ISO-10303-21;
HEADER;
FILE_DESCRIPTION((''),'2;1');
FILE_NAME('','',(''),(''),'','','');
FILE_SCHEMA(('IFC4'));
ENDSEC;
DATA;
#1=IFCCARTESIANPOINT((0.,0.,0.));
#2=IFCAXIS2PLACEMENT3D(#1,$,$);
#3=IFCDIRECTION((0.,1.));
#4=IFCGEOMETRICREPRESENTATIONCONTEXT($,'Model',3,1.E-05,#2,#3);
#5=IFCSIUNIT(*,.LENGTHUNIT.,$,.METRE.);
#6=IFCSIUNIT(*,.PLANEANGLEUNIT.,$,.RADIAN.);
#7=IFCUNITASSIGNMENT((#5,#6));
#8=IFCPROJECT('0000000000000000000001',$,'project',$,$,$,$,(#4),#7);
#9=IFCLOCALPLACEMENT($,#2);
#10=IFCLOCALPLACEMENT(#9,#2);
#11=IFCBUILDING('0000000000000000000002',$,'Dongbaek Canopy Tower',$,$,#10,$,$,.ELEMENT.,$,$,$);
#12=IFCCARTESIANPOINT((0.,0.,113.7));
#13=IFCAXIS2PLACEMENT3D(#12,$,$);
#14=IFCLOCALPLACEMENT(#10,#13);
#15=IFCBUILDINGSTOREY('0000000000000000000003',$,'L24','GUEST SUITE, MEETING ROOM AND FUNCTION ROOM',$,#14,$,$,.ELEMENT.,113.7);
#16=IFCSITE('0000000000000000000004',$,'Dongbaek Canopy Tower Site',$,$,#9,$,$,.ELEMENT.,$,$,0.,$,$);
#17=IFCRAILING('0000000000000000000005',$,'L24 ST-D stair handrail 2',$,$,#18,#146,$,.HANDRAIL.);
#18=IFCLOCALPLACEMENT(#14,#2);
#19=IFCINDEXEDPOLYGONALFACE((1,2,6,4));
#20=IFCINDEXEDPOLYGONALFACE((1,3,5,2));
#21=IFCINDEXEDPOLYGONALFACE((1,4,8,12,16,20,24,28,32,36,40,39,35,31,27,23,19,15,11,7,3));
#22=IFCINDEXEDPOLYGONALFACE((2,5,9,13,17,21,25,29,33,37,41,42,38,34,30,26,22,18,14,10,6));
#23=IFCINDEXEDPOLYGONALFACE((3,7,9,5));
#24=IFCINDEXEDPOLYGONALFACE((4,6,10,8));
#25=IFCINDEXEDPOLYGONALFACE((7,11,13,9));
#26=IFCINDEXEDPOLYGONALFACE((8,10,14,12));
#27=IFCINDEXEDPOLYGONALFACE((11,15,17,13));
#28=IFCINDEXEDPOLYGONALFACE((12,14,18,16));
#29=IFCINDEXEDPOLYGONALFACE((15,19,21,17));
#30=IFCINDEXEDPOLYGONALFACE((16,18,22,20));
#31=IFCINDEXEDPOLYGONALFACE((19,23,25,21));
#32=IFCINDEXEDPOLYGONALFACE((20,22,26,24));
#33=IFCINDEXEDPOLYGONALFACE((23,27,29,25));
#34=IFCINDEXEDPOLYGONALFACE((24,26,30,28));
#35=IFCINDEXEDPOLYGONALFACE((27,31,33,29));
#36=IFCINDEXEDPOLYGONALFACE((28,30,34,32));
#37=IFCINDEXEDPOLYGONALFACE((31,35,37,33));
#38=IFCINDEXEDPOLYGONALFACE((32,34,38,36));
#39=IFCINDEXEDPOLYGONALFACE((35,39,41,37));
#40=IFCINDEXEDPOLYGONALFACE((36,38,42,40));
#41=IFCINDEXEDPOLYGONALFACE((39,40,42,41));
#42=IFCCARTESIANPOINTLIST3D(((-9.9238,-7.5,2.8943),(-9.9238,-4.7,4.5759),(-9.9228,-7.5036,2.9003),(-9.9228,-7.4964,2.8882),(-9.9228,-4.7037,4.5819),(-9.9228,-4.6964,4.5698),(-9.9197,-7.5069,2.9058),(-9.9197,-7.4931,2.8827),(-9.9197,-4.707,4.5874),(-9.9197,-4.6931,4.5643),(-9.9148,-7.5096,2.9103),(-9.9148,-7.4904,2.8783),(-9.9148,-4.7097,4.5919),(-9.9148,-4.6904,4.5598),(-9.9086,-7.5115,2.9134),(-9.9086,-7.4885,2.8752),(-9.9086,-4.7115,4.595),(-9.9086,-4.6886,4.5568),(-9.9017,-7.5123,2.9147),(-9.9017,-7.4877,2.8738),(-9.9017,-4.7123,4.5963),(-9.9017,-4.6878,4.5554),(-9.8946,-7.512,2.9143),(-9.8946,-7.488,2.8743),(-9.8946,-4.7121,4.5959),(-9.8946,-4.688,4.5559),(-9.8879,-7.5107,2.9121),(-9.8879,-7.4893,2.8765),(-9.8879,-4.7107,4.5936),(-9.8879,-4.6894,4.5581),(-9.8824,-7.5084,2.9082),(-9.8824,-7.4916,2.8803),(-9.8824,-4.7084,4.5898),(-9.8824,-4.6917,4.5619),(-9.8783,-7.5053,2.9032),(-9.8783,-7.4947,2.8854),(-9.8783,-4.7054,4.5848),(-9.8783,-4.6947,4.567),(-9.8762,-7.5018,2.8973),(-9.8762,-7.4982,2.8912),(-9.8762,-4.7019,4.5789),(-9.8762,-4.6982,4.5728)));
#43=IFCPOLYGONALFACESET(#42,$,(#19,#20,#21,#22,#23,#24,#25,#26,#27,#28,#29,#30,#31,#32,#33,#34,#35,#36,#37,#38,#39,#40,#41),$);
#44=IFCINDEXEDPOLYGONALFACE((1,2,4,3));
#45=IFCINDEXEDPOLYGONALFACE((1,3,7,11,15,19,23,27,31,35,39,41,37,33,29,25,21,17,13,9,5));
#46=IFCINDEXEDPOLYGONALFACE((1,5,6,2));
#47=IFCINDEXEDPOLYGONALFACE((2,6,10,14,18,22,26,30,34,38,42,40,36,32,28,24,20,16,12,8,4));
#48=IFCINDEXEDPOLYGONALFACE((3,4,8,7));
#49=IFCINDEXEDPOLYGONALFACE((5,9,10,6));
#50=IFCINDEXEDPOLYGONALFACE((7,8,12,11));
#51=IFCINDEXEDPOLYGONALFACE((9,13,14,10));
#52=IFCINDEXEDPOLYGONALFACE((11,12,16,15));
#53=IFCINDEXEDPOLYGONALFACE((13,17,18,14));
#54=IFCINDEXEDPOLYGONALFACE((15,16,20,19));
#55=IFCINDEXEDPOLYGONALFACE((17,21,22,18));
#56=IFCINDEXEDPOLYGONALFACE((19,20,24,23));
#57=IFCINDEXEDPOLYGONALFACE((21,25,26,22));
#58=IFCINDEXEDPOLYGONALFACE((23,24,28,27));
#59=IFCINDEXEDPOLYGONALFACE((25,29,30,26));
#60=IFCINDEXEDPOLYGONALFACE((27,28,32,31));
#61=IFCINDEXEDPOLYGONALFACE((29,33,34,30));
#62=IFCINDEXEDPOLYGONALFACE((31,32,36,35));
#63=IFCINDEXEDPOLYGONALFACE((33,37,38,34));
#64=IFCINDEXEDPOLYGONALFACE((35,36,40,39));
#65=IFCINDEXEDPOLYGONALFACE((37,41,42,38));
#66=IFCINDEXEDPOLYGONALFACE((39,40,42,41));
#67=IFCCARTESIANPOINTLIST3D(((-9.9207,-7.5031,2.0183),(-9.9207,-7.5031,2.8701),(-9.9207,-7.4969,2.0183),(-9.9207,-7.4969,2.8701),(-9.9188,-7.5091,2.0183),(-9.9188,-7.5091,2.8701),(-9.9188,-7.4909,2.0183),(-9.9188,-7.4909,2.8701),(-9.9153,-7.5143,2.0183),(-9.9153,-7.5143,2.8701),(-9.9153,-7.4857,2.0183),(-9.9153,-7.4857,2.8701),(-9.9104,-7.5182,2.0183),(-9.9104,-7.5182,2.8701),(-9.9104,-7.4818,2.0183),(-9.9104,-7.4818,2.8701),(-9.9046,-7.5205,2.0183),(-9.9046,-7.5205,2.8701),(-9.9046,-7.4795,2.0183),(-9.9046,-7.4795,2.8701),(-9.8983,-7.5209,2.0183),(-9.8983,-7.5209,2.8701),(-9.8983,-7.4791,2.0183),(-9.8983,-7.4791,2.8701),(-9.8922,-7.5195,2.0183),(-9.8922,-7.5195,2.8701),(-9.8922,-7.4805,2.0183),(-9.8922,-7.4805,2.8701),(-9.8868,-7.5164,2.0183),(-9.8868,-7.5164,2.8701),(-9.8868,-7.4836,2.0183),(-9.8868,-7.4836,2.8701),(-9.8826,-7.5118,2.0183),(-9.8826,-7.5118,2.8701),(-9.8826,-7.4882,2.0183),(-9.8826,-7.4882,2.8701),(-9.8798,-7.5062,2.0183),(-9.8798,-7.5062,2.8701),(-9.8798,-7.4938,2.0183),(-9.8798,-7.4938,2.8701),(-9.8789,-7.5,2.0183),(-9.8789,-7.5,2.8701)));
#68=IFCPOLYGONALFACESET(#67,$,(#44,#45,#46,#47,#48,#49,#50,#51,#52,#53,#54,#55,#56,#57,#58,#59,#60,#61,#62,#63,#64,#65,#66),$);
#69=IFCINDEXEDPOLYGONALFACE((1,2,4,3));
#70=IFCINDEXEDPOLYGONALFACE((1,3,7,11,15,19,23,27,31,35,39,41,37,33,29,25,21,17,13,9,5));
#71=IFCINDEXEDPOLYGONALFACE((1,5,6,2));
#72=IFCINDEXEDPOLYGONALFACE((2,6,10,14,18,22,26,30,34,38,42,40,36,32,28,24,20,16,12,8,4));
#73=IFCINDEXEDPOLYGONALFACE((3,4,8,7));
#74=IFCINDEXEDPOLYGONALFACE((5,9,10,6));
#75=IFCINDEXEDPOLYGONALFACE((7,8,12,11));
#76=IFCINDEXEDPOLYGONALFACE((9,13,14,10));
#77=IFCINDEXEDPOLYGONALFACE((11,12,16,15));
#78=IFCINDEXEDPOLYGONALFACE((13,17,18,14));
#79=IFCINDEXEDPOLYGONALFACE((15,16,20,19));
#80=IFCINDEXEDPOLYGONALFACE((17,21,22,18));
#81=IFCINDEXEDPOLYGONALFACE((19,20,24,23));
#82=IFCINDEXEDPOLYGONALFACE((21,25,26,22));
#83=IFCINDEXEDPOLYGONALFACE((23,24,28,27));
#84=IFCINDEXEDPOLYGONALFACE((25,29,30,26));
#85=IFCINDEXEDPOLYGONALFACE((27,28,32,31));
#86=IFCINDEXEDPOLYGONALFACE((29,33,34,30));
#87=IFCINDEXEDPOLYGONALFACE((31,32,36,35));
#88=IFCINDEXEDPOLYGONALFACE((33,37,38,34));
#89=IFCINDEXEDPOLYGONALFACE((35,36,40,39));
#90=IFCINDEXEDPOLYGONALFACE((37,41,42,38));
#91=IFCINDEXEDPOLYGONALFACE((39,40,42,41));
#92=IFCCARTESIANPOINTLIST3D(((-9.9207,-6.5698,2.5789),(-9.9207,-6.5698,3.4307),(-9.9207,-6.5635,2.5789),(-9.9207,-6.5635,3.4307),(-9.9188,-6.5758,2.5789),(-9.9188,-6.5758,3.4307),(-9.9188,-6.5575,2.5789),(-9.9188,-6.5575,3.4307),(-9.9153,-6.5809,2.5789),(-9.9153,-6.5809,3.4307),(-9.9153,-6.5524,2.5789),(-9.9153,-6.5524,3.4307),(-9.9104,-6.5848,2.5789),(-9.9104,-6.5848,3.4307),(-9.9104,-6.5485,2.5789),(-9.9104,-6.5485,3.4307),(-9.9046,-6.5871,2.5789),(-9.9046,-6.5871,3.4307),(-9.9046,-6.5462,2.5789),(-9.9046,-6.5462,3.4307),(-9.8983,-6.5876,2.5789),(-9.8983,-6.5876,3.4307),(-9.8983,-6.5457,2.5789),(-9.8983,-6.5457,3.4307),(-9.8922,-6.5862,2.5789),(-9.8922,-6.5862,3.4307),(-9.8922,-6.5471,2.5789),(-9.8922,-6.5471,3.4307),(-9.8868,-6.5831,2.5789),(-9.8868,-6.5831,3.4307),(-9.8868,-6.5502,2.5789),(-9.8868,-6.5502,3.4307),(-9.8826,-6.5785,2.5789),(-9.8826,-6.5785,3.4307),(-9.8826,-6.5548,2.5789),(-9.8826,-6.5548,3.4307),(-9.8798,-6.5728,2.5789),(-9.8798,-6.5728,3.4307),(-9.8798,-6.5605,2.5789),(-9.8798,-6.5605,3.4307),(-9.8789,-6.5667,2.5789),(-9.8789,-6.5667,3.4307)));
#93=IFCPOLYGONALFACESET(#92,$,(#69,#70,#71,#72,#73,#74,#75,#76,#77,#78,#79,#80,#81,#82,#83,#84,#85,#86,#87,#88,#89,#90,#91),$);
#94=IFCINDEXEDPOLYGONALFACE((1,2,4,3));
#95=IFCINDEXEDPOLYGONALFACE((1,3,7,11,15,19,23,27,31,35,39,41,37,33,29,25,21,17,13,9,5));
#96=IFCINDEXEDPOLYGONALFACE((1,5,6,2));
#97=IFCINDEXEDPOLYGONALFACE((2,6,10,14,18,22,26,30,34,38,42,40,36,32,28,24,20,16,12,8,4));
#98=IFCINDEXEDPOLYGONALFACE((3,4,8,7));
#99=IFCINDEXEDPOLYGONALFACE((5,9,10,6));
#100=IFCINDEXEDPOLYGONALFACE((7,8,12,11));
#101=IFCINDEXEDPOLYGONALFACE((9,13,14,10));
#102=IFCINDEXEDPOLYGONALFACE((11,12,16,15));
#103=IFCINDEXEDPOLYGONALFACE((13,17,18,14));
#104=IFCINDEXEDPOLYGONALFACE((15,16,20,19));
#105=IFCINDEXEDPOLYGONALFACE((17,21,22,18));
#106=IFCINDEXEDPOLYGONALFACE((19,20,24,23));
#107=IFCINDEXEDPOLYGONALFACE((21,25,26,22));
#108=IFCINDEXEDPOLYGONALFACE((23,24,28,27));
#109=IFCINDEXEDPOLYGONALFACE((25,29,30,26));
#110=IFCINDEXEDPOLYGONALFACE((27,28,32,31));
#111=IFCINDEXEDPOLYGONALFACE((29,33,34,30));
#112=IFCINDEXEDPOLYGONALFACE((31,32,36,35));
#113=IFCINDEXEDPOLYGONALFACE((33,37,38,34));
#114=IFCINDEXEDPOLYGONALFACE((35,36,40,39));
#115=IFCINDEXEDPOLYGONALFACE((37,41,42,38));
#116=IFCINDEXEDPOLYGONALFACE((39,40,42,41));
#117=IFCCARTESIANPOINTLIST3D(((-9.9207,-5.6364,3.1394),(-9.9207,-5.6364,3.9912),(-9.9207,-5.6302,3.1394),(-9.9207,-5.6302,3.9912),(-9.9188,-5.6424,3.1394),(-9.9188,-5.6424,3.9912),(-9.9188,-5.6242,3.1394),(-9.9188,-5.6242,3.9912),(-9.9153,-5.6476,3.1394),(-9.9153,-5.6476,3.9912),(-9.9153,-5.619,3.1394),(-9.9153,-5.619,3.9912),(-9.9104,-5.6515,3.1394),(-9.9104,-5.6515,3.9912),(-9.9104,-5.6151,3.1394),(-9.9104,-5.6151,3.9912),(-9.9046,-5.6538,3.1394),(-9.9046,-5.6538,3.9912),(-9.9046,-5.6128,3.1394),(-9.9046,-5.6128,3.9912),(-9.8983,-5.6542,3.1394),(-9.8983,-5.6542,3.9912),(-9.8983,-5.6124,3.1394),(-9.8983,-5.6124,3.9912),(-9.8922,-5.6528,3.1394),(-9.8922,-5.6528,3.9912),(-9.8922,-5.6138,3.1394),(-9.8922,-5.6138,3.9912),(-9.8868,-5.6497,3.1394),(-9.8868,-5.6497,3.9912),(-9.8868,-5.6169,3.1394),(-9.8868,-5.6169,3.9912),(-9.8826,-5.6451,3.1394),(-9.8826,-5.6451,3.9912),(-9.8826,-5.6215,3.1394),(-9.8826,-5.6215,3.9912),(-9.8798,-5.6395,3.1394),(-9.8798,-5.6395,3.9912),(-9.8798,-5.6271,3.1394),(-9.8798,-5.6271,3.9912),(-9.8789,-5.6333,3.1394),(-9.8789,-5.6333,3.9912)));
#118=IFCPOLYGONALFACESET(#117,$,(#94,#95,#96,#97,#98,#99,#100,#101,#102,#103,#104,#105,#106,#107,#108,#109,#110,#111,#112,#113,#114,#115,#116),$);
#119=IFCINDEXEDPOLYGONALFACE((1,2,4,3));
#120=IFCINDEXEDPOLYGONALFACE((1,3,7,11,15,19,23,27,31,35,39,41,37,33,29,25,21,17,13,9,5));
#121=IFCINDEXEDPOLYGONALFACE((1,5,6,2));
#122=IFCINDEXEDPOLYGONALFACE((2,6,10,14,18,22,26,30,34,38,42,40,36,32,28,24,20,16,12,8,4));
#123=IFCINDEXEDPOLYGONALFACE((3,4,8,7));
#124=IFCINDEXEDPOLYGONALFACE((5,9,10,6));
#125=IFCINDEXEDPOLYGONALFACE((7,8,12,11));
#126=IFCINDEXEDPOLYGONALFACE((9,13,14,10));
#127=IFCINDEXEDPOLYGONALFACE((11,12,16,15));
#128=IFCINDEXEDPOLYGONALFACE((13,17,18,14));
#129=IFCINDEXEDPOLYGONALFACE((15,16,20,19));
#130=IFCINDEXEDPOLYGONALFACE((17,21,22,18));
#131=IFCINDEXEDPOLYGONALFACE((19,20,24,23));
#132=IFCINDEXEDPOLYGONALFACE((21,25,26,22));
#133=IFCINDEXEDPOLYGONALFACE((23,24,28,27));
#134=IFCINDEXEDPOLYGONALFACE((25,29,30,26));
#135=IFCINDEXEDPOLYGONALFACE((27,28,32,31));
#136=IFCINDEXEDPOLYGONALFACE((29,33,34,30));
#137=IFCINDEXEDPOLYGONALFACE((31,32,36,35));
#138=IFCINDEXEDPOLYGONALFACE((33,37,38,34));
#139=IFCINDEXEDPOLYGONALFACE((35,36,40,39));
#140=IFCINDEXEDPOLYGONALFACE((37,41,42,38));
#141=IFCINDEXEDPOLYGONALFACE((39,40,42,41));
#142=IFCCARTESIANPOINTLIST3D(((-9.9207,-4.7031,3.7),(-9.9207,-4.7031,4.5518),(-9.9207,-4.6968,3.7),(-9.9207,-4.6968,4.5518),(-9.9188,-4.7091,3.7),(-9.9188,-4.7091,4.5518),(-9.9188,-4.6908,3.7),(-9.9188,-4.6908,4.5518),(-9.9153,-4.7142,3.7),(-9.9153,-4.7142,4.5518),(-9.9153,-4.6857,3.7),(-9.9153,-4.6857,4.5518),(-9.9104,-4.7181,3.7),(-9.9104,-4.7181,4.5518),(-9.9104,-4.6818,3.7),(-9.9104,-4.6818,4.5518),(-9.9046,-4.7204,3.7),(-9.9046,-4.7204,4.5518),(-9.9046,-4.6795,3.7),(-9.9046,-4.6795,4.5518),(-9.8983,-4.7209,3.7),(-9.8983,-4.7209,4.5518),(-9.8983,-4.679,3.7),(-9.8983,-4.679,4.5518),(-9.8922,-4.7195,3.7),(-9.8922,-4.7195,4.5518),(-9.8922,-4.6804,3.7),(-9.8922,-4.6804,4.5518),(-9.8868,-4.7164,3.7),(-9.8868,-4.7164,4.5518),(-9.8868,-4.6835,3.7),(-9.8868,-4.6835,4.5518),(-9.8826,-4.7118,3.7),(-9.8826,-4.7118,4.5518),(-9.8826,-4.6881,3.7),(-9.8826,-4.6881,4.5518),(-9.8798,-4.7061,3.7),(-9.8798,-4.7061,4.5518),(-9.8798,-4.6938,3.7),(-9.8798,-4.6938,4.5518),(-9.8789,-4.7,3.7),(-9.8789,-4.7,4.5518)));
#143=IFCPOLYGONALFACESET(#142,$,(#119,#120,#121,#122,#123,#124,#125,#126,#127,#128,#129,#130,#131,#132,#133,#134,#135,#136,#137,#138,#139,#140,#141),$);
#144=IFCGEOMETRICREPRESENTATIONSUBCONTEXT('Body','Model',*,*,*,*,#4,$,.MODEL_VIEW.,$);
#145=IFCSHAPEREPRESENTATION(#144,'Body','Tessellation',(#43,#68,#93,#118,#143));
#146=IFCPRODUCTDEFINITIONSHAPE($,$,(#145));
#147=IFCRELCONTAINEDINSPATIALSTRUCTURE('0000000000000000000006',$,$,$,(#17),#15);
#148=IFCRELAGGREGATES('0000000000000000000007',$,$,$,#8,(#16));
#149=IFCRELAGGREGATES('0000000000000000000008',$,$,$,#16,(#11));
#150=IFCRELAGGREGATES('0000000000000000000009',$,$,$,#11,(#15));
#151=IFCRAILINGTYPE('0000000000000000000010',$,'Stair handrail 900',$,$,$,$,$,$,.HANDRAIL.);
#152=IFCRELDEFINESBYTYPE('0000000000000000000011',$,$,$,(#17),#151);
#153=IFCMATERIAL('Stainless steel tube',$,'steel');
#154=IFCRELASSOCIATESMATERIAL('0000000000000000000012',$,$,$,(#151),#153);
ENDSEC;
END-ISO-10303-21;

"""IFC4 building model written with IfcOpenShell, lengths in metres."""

from ifc_helpers import new_model, si_unit, direction, frame, origin, origin_2d, place, context, subcontext, project, spatial, circle, extrude, material, type_object, element, save


model = new_model("IFC4")

# Units and contexts
model_context = context("Model", 3, precision=1e-05, world=origin(), true_north=direction((0.0, 1.0)))
body_context = subcontext(model_context, "Body", "Model", "MODEL_VIEW")
ifc_project = project(units=[si_unit("LENGTHUNIT", "METRE"), si_unit("PLANEANGLEUNIT", "RADIAN")], contexts=[model_context])

# Site, building, storey
site_placement = place(None, origin())
site = spatial("IfcSite", under=ifc_project, at=site_placement, Name="Dongbaek Canopy Tower Site", CompositionType="ELEMENT", RefElevation=0.0)
building_placement = place(site_placement, origin())
building = spatial("IfcBuilding", under=site, at=building_placement, Name="Dongbaek Canopy Tower", CompositionType="ELEMENT")
storey_placement = place(building_placement, frame((0.0, 0.0, 113.7)))
storey = spatial("IfcBuildingStorey", under=building, at=storey_placement, Name="L24", Description="GUEST SUITE, MEETING ROOM AND FUNCTION ROOM", CompositionType="ELEMENT", Elevation=113.7)

# Railing
ifc_material_1 = material(Name="Stainless steel tube", Category="steel")
railing_type_1 = type_object("IfcRailingType", Name="Stair handrail 900", PredefinedType="HANDRAIL", material=ifc_material_1)
railing_1_placement = place(storey_placement, frame((-9.8999, -7.5, 2.0183)))
element("IfcRailing", 1, at=railing_1_placement, inside=storey, type_object=railing_type_1, Name="L24 ST-D stair handrail 2", PredefinedType="HANDRAIL", context=body_context, shape_type="SweptSolid", body=[
    extrude(circle(Radius=0.0239, at=origin_2d()), frame((0.0, 0.0, 0.876), z_axis=(0.0, 0.857275, 0.514858), x_axis=(-1.0, 0.0, 0.0)), (0.0, 0.0, 1.0), 3.2661),
    extrude(circle(Radius=0.021, at=origin_2d()), origin(), (0.0, 0.0, 1.0), 0.8518),
    extrude(circle(Radius=0.021, at=origin_2d()), frame((0.0, 0.9333, 0.5605)), (0.0, 0.0, 1.0), 0.8518),
    extrude(circle(Radius=0.021, at=origin_2d()), frame((0.0, 1.8667, 1.1211)), (0.0, 0.0, 1.0), 0.8518),
    extrude(circle(Radius=0.021, at=origin_2d()), frame((0.0, 2.8, 1.6816)), (0.0, 0.0, 1.0), 0.8518),
])

save(model, "model.ifc")
